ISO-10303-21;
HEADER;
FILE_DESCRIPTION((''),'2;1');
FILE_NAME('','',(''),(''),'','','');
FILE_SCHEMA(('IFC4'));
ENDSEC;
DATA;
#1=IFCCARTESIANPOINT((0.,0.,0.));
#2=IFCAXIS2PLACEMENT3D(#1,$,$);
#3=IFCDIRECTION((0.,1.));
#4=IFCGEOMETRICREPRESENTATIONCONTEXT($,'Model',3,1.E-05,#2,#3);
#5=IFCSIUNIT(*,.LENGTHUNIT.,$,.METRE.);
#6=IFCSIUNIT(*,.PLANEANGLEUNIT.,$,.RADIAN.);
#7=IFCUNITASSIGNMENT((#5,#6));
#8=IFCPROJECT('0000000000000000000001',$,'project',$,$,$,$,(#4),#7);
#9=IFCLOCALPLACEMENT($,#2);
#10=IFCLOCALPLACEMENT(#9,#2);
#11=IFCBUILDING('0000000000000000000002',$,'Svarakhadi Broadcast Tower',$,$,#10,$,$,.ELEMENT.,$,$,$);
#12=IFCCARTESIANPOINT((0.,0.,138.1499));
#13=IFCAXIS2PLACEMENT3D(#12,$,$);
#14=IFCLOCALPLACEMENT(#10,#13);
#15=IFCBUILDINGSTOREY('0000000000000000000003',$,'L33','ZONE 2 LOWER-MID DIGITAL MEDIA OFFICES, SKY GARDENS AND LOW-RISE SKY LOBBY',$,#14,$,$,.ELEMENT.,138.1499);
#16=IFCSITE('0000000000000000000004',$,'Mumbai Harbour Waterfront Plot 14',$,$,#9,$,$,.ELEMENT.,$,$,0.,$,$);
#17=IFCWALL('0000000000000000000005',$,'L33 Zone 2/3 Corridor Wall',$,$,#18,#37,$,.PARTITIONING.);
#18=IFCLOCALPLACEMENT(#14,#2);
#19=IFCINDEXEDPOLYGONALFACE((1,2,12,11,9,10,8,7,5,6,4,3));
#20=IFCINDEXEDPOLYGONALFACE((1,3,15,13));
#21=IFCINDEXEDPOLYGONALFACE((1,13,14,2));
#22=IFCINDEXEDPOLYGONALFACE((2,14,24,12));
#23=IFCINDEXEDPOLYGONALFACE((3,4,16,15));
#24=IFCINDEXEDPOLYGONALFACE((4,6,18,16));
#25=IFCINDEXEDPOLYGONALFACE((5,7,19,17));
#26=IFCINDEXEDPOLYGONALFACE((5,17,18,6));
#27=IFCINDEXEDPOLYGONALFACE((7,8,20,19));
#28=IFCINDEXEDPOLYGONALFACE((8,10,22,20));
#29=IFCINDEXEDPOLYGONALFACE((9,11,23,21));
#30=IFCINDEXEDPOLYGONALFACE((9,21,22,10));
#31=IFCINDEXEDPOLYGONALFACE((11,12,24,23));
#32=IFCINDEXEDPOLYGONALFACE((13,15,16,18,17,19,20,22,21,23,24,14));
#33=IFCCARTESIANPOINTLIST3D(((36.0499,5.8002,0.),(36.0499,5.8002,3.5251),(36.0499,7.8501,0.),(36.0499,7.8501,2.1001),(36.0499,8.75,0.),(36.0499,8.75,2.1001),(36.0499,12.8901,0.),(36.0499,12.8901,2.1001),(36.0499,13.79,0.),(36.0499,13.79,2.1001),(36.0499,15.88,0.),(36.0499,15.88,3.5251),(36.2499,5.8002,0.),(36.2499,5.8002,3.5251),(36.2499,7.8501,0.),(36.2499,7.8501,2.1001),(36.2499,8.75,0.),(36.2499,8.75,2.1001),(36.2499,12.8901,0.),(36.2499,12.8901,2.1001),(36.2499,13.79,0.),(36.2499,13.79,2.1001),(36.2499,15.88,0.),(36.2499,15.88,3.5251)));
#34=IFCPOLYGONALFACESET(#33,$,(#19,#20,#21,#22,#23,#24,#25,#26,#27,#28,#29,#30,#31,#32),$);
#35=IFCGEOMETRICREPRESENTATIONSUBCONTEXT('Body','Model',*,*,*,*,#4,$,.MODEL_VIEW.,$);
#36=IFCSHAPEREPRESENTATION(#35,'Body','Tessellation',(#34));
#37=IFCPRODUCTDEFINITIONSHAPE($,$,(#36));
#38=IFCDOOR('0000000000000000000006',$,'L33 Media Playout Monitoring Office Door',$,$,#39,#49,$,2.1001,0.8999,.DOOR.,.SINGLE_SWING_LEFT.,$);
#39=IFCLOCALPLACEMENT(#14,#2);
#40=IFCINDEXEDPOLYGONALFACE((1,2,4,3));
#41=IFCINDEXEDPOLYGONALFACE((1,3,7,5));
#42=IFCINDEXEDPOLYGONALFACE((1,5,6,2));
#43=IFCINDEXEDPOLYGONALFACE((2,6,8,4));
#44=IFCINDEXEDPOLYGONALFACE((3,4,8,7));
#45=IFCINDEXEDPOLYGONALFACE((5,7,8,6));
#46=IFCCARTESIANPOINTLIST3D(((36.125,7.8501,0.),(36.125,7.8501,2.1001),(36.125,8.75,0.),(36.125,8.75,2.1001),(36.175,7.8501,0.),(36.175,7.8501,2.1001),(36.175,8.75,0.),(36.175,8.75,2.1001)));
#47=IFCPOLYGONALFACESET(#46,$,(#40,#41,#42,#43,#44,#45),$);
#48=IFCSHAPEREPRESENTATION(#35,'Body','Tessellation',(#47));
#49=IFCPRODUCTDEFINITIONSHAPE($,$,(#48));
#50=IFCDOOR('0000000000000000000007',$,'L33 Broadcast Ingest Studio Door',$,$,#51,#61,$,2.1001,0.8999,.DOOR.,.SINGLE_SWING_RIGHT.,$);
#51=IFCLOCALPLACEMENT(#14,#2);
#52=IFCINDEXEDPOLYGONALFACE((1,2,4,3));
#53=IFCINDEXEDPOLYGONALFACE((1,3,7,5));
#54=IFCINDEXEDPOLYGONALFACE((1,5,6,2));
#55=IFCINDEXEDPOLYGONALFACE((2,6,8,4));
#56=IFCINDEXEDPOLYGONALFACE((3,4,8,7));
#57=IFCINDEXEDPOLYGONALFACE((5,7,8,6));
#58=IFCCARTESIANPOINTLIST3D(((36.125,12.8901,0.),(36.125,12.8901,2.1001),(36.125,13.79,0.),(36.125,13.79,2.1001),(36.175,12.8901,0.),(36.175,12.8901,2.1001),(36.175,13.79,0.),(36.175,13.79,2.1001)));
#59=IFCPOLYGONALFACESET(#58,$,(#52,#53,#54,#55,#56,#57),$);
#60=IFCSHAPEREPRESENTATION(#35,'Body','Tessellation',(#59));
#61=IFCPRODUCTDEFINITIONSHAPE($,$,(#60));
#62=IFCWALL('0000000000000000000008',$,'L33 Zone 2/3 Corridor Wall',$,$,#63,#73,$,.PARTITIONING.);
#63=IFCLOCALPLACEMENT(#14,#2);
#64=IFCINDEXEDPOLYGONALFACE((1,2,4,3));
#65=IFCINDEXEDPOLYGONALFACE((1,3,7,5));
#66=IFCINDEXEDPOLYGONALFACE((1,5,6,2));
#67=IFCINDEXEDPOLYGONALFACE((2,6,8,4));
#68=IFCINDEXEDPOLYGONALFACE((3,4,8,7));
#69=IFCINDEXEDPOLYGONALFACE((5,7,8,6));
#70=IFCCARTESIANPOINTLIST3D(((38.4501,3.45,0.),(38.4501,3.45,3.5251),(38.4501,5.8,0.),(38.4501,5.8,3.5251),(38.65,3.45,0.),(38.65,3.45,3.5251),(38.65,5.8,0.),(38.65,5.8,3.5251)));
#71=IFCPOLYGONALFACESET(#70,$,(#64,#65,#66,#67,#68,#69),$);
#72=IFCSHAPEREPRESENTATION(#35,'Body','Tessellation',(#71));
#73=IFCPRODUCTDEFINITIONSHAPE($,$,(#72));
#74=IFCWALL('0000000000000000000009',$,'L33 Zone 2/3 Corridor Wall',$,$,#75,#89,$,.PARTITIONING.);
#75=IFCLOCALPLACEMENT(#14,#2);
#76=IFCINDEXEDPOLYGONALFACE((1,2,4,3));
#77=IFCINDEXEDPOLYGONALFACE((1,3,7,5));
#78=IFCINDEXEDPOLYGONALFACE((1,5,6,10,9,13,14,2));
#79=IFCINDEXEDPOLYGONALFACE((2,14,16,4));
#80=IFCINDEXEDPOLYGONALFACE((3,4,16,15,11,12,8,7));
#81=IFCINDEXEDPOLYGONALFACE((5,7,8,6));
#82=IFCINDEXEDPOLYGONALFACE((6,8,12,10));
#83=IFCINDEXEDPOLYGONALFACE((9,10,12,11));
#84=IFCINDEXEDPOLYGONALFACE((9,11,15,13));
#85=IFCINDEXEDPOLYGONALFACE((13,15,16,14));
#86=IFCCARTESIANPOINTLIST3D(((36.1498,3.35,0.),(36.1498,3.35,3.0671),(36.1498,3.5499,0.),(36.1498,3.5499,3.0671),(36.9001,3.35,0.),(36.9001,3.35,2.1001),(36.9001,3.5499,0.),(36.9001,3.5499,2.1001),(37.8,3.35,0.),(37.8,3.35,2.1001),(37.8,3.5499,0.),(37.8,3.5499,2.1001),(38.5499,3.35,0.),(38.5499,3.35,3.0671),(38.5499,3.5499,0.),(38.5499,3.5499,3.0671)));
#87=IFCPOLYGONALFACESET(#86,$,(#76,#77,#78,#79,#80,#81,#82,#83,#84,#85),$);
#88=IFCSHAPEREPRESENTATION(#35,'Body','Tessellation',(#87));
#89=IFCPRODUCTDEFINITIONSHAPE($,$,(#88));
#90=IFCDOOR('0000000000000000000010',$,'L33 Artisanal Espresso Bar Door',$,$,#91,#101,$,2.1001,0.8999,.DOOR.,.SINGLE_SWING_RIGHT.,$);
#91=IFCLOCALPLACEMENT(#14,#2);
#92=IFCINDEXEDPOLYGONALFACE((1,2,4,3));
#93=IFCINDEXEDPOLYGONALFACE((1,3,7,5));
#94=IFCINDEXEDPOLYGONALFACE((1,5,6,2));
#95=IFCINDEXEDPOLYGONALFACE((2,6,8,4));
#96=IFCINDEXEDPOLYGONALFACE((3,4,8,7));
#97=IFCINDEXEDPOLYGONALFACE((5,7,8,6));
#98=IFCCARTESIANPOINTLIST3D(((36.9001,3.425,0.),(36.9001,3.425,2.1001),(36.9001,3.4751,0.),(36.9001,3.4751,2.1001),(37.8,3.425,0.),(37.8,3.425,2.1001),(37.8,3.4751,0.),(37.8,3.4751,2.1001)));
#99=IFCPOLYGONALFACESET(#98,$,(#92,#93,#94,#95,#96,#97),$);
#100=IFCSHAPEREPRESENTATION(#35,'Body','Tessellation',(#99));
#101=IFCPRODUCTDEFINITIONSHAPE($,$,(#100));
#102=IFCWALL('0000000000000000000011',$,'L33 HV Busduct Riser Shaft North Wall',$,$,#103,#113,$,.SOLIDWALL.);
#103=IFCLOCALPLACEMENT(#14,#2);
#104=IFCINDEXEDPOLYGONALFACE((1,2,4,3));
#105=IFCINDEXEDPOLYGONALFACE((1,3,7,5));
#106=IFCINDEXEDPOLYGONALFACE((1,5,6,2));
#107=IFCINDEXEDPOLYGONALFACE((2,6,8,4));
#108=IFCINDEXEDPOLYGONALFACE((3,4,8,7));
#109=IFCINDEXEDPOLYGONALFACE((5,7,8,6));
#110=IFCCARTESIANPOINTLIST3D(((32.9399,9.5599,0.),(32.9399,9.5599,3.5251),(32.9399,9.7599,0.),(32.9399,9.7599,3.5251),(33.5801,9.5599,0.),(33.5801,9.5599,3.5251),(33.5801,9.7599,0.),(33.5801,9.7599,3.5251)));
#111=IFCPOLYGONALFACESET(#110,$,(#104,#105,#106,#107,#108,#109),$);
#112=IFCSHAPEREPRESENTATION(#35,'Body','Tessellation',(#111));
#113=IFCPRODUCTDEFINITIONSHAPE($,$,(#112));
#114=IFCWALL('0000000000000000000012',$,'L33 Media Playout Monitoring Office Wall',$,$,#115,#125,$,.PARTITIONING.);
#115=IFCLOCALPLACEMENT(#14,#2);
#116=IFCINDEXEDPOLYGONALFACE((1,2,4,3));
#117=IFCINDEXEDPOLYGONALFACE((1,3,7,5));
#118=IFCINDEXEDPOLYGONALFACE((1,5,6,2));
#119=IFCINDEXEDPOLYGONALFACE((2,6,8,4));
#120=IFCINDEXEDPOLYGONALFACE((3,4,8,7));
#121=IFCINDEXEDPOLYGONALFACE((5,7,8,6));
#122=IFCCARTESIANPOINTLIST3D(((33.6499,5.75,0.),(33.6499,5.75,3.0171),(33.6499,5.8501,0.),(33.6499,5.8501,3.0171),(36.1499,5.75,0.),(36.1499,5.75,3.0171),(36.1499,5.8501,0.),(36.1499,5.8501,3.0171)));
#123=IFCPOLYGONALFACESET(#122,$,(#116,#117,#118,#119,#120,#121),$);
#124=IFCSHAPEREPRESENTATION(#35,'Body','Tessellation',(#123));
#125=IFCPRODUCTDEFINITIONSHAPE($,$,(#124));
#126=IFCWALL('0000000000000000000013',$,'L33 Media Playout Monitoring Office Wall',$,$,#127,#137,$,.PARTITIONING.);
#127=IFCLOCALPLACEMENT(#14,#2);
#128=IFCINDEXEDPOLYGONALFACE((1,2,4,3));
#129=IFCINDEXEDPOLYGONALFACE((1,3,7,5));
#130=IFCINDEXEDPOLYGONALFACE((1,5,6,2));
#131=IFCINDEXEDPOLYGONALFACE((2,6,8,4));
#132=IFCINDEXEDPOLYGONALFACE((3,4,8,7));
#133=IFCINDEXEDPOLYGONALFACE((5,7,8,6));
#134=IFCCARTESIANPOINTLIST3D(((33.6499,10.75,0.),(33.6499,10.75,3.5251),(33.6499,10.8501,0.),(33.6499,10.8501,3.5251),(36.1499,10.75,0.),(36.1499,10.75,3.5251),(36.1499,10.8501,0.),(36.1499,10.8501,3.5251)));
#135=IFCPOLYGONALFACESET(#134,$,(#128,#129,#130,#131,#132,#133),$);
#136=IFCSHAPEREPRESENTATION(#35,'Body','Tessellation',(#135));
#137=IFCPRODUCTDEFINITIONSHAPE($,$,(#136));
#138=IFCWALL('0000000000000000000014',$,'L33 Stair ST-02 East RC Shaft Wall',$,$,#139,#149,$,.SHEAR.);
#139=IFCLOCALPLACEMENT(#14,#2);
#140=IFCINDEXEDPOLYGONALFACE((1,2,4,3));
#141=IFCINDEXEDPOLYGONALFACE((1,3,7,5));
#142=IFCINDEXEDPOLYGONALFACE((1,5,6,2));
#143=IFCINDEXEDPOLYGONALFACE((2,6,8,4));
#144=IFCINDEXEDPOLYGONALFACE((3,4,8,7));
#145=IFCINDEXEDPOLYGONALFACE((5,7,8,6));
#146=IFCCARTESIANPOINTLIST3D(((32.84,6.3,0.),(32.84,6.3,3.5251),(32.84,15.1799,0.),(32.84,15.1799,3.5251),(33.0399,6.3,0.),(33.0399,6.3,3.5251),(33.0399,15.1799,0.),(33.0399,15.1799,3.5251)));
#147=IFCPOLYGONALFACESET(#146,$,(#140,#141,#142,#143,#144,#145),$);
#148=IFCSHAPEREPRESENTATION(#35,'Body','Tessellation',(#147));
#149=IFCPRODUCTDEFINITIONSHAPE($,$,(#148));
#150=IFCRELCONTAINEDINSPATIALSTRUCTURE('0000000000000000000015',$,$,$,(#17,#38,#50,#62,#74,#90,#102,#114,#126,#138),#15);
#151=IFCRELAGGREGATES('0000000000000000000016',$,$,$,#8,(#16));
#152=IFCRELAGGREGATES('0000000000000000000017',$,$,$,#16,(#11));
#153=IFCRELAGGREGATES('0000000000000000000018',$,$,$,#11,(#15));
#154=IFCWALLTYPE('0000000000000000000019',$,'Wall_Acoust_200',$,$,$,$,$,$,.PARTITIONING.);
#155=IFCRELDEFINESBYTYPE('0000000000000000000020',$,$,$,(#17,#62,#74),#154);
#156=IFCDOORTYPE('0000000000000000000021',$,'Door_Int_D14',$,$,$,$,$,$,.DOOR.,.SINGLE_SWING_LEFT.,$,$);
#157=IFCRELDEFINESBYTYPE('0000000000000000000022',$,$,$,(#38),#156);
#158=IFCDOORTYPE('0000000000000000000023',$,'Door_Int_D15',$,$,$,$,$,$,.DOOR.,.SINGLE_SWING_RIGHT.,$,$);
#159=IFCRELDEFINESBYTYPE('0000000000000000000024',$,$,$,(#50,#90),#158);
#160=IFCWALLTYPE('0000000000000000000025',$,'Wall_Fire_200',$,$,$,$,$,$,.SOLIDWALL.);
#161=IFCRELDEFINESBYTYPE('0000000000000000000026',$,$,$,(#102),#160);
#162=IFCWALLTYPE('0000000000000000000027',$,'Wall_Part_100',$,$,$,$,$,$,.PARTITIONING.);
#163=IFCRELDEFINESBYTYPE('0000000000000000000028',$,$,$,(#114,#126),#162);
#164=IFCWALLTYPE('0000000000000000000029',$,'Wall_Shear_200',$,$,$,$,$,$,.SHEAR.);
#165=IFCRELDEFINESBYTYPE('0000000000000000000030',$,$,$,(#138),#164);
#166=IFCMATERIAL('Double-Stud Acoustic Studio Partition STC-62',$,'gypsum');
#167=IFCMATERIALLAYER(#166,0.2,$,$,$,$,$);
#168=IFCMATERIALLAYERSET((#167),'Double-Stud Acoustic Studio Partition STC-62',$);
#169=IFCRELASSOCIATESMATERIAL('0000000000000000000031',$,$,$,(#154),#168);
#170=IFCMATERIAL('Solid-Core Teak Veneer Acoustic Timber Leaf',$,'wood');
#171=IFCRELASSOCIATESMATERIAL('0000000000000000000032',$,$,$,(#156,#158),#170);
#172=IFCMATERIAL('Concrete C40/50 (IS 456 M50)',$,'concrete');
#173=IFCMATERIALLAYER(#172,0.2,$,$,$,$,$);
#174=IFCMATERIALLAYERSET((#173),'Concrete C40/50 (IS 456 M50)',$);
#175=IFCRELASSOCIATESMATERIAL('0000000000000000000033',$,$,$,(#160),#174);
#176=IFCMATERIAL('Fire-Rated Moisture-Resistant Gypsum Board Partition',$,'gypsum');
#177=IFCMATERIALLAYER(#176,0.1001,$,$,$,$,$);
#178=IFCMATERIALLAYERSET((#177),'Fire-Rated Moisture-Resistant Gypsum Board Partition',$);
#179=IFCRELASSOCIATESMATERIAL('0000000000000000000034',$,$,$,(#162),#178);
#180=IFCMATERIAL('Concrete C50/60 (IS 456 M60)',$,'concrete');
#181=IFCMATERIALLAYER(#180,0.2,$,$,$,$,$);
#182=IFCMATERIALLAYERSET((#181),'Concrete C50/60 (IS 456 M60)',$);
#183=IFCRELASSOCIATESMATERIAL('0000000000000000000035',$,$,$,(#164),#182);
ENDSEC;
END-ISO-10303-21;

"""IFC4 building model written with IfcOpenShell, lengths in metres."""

from ifc_helpers import new_model, si_unit, direction, frame, frame_2d, origin, place, context, subcontext, project, spatial, rectangle, extrude, material, layer, layer_set, type_object, element, fill, save


model = new_model("IFC4")

# Units and contexts
model_context = context("Model", 3, precision=1e-05, world=origin(), true_north=direction((0.0, 1.0)))
body_context = subcontext(model_context, "Body", "Model", "MODEL_VIEW")
ifc_project = project(units=[si_unit("LENGTHUNIT", "METRE"), si_unit("PLANEANGLEUNIT", "RADIAN")], contexts=[model_context])

# Site, building, storey
site_placement = place(None, origin())
site = spatial("IfcSite", under=ifc_project, at=site_placement, Name="Mumbai Harbour Waterfront Plot 14", CompositionType="ELEMENT", RefElevation=0.0)
building_placement = place(site_placement, origin())
building = spatial("IfcBuilding", under=site, at=building_placement, Name="Svarakhadi Broadcast Tower", CompositionType="ELEMENT")
storey_placement = place(building_placement, frame((0.0, 0.0, 138.1499)))
storey = spatial("IfcBuildingStorey", under=building, at=storey_placement, Name="L33", Description="ZONE 2 LOWER-MID DIGITAL MEDIA OFFICES, SKY GARDENS AND LOW-RISE SKY LOBBY", CompositionType="ELEMENT", Elevation=138.1499)

# Shared definitions
ifc_material_1 = material(Name="Concrete C50/60 (IS 456 M60)", Category="concrete")

# Wall, openings, doors
ifc_material_2 = material(Name="Double-Stud Acoustic Studio Partition STC-62", Category="gypsum")
ifc_layer_1 = layer(ifc_material_2, 0.2)
ifc_layer_set_1 = layer_set([ifc_layer_1], Name="Double-Stud Acoustic Studio Partition STC-62")
wall_type_1 = type_object("IfcWallType", Name="Wall_Acoust_200", PredefinedType="PARTITIONING", material=ifc_layer_set_1)
wall_1_placement = place(storey_placement, frame((36.1499, 5.8, 0.0), z_axis=(0.0, 0.0, 1.0), x_axis=(0.0, 1.0, 0.0)))
wall_1 = element("IfcWall", 1, at=wall_1_placement, inside=storey, type_object=wall_type_1, Name="L33 Zone 2/3 Corridor Wall", PredefinedType="PARTITIONING", context=body_context, shape_type="SweptSolid", body=[
    extrude(rectangle(XDim=10.0798, YDim=0.2, at=frame_2d((5.04, 0.0))), origin(), (0.0, 0.0, 1.0), 3.5251),
])
opening_1_placement = place(wall_1_placement, frame((2.05, 0.0, 0.0)))
opening_1 = element("IfcOpeningElement", 2, at=opening_1_placement, cuts=wall_1, PredefinedType="OPENING", context=body_context, shape_type="SweptSolid", body=[
    extrude(rectangle(XDim=0.8999, YDim=2.1001, at=frame_2d((0.45, 1.05))), frame((0.0, 0.1099, 0.0), z_axis=(0.0, -1.0, 0.0), x_axis=(1.0, 0.0, 0.0)), (0.0, 0.0, 1.0), 0.22),
])
opening_2_placement = place(wall_1_placement, frame((7.0901, 0.0, 0.0)))
opening_2 = element("IfcOpeningElement", 3, at=opening_2_placement, cuts=wall_1, PredefinedType="OPENING", context=body_context, shape_type="SweptSolid", body=[
    extrude(rectangle(XDim=0.8999, YDim=2.1001, at=frame_2d((0.45, 1.05))), frame((0.0, 0.1099, 0.0), z_axis=(0.0, -1.0, 0.0), x_axis=(1.0, 0.0, 0.0)), (0.0, 0.0, 1.0), 0.22),
])
ifc_material_3 = material(Name="Solid-Core Teak Veneer Acoustic Timber Leaf", Category="wood")
door_type_1 = type_object("IfcDoorType", Name="Door_Int_D14", OperationType="SINGLE_SWING_LEFT", PredefinedType="DOOR", material=ifc_material_3)
door_1_placement = place(opening_1_placement, origin())
door_1 = element("IfcDoor", 4, at=door_1_placement, inside=storey, type_object=door_type_1, Name="L33 Media Playout Monitoring Office Door", OperationType="SINGLE_SWING_LEFT", OverallHeight=2.1001, OverallWidth=0.8999, PredefinedType="DOOR", context=body_context, shape_type="SweptSolid", body=[
    extrude(rectangle(XDim=0.8999, YDim=2.1001, at=frame_2d((0.45, 1.05))), frame((0.0, 0.0249, 0.0), z_axis=(0.0, -1.0, 0.0), x_axis=(1.0, 0.0, 0.0)), (0.0, 0.0, 1.0), 0.05),
])
fill(opening_1, door_1)
door_type_2 = type_object("IfcDoorType", Name="Door_Int_D15", OperationType="SINGLE_SWING_RIGHT", PredefinedType="DOOR", material=ifc_material_3)
door_2_placement = place(opening_2_placement, origin())
door_2 = element("IfcDoor", 5, at=door_2_placement, inside=storey, type_object=door_type_2, Name="L33 Broadcast Ingest Studio Door", OperationType="SINGLE_SWING_RIGHT", OverallHeight=2.1001, OverallWidth=0.8999, PredefinedType="DOOR", context=body_context, shape_type="SweptSolid", body=[
    extrude(rectangle(XDim=0.8999, YDim=2.1001, at=frame_2d((0.45, 1.05))), frame((0.0, 0.0249, 0.0), z_axis=(0.0, -1.0, 0.0), x_axis=(1.0, 0.0, 0.0)), (0.0, 0.0, 1.0), 0.05),
])
fill(opening_2, door_2)

# Wall
wall_2_placement = place(storey_placement, frame((38.55, 5.8, 0.0), z_axis=(0.0, 0.0, 1.0), x_axis=(0.0, -1.0, 0.0)))
element("IfcWall", 6, at=wall_2_placement, inside=storey, type_object=wall_type_1, Name="L33 Zone 2/3 Corridor Wall", PredefinedType="PARTITIONING", context=body_context, shape_type="SweptSolid", body=[
    extrude(rectangle(XDim=2.3501, YDim=0.2, at=frame_2d((1.175, 0.0))), origin(), (0.0, 0.0, 1.0), 3.5251),
])

# Wall, opening, door
wall_3_placement = place(storey_placement, frame((38.55, 3.45, 0.0), z_axis=(0.0, 0.0, 1.0), x_axis=(-1.0, 0.0, 0.0)))
wall_3 = element("IfcWall", 7, at=wall_3_placement, inside=storey, type_object=wall_type_1, Name="L33 Zone 2/3 Corridor Wall", PredefinedType="PARTITIONING", context=body_context, shape_type="SweptSolid", body=[
    extrude(rectangle(XDim=2.4001, YDim=0.2, at=frame_2d((1.2002, 0.0))), origin(), (0.0, 0.0, 1.0), 3.0671),
])
opening_3_placement = place(wall_3_placement, frame((0.75, 0.0, 0.0)))
opening_3 = element("IfcOpeningElement", 8, at=opening_3_placement, cuts=wall_3, PredefinedType="OPENING", context=body_context, shape_type="SweptSolid", body=[
    extrude(rectangle(XDim=0.8999, YDim=2.1001, at=frame_2d((0.45, 1.05))), frame((0.0, 0.1099, 0.0), z_axis=(0.0, -1.0, 0.0), x_axis=(1.0, 0.0, 0.0)), (0.0, 0.0, 1.0), 0.22),
])
door_3_placement = place(opening_3_placement, origin())
door_3 = element("IfcDoor", 9, at=door_3_placement, inside=storey, type_object=door_type_2, Name="L33 Artisanal Espresso Bar Door", OperationType="SINGLE_SWING_RIGHT", OverallHeight=2.1001, OverallWidth=0.8999, PredefinedType="DOOR", context=body_context, shape_type="SweptSolid", body=[
    extrude(rectangle(XDim=0.8999, YDim=2.1001, at=frame_2d((0.45, 1.05))), frame((0.0, 0.0249, 0.0), z_axis=(0.0, -1.0, 0.0), x_axis=(1.0, 0.0, 0.0)), (0.0, 0.0, 1.0), 0.05),
])
fill(opening_3, door_3)

# Walls
ifc_material_4 = material(Name="Concrete C40/50 (IS 456 M50)", Category="concrete")
ifc_layer_2 = layer(ifc_material_4, 0.2)
ifc_layer_set_2 = layer_set([ifc_layer_2], Name="Concrete C40/50 (IS 456 M50)")
wall_type_2 = type_object("IfcWallType", Name="Wall_Fire_200", PredefinedType="SOLIDWALL", material=ifc_layer_set_2)
wall_4_placement = place(storey_placement, frame((32.9399, 9.6599, 0.0), z_axis=(0.0, 0.0, 1.0), x_axis=(1.0, 0.0, 0.0)))
element("IfcWall", 10, at=wall_4_placement, inside=storey, type_object=wall_type_2, Name="L33 HV Busduct Riser Shaft North Wall", PredefinedType="SOLIDWALL", context=body_context, shape_type="SweptSolid", body=[
    extrude(rectangle(XDim=0.6401, YDim=0.2, at=frame_2d((0.3201, 0.0))), origin(), (0.0, 0.0, 1.0), 3.5251),
])
ifc_material_5 = material(Name="Fire-Rated Moisture-Resistant Gypsum Board Partition", Category="gypsum")
ifc_layer_3 = layer(ifc_material_5, 0.1001)
ifc_layer_set_3 = layer_set([ifc_layer_3], Name="Fire-Rated Moisture-Resistant Gypsum Board Partition")
wall_type_3 = type_object("IfcWallType", Name="Wall_Part_100", PredefinedType="PARTITIONING", material=ifc_layer_set_3)
wall_5_placement = place(storey_placement, frame((33.6499, 5.8, 0.0), z_axis=(0.0, 0.0, 1.0), x_axis=(1.0, 0.0, 0.0)))
element("IfcWall", 11, at=wall_5_placement, inside=storey, type_object=wall_type_3, Name="L33 Media Playout Monitoring Office Wall", PredefinedType="PARTITIONING", context=body_context, shape_type="SweptSolid", body=[
    extrude(rectangle(XDim=2.5, YDim=0.1001, at=frame_2d((1.25, 0.0))), origin(), (0.0, 0.0, 1.0), 3.0171),
])
wall_6_placement = place(storey_placement, frame((33.6499, 10.8, 0.0), z_axis=(0.0, 0.0, 1.0), x_axis=(1.0, 0.0, 0.0)))
element("IfcWall", 12, at=wall_6_placement, inside=storey, type_object=wall_type_3, Name="L33 Media Playout Monitoring Office Wall", PredefinedType="PARTITIONING", context=body_context, shape_type="SweptSolid", body=[
    extrude(rectangle(XDim=2.5, YDim=0.1001, at=frame_2d((1.25, 0.0))), origin(), (0.0, 0.0, 1.0), 3.5251),
])
ifc_layer_4 = layer(ifc_material_1, 0.2)
ifc_layer_set_4 = layer_set([ifc_layer_4], Name="Concrete C50/60 (IS 456 M60)")
wall_type_4 = type_object("IfcWallType", Name="Wall_Shear_200", PredefinedType="SHEAR", material=ifc_layer_set_4)
wall_7_placement = place(storey_placement, frame((32.9399, 6.3, 0.0), z_axis=(0.0, 0.0, 1.0), x_axis=(0.0, 1.0, 0.0)))
element("IfcWall", 13, at=wall_7_placement, inside=storey, type_object=wall_type_4, Name="L33 Stair ST-02 East RC Shaft Wall", PredefinedType="SHEAR", context=body_context, shape_type="SweptSolid", body=[
    extrude(rectangle(XDim=8.8799, YDim=0.2, at=frame_2d((4.4399, 0.0))), origin(), (0.0, 0.0, 1.0), 3.5251),
])

save(model, "model.ifc")
